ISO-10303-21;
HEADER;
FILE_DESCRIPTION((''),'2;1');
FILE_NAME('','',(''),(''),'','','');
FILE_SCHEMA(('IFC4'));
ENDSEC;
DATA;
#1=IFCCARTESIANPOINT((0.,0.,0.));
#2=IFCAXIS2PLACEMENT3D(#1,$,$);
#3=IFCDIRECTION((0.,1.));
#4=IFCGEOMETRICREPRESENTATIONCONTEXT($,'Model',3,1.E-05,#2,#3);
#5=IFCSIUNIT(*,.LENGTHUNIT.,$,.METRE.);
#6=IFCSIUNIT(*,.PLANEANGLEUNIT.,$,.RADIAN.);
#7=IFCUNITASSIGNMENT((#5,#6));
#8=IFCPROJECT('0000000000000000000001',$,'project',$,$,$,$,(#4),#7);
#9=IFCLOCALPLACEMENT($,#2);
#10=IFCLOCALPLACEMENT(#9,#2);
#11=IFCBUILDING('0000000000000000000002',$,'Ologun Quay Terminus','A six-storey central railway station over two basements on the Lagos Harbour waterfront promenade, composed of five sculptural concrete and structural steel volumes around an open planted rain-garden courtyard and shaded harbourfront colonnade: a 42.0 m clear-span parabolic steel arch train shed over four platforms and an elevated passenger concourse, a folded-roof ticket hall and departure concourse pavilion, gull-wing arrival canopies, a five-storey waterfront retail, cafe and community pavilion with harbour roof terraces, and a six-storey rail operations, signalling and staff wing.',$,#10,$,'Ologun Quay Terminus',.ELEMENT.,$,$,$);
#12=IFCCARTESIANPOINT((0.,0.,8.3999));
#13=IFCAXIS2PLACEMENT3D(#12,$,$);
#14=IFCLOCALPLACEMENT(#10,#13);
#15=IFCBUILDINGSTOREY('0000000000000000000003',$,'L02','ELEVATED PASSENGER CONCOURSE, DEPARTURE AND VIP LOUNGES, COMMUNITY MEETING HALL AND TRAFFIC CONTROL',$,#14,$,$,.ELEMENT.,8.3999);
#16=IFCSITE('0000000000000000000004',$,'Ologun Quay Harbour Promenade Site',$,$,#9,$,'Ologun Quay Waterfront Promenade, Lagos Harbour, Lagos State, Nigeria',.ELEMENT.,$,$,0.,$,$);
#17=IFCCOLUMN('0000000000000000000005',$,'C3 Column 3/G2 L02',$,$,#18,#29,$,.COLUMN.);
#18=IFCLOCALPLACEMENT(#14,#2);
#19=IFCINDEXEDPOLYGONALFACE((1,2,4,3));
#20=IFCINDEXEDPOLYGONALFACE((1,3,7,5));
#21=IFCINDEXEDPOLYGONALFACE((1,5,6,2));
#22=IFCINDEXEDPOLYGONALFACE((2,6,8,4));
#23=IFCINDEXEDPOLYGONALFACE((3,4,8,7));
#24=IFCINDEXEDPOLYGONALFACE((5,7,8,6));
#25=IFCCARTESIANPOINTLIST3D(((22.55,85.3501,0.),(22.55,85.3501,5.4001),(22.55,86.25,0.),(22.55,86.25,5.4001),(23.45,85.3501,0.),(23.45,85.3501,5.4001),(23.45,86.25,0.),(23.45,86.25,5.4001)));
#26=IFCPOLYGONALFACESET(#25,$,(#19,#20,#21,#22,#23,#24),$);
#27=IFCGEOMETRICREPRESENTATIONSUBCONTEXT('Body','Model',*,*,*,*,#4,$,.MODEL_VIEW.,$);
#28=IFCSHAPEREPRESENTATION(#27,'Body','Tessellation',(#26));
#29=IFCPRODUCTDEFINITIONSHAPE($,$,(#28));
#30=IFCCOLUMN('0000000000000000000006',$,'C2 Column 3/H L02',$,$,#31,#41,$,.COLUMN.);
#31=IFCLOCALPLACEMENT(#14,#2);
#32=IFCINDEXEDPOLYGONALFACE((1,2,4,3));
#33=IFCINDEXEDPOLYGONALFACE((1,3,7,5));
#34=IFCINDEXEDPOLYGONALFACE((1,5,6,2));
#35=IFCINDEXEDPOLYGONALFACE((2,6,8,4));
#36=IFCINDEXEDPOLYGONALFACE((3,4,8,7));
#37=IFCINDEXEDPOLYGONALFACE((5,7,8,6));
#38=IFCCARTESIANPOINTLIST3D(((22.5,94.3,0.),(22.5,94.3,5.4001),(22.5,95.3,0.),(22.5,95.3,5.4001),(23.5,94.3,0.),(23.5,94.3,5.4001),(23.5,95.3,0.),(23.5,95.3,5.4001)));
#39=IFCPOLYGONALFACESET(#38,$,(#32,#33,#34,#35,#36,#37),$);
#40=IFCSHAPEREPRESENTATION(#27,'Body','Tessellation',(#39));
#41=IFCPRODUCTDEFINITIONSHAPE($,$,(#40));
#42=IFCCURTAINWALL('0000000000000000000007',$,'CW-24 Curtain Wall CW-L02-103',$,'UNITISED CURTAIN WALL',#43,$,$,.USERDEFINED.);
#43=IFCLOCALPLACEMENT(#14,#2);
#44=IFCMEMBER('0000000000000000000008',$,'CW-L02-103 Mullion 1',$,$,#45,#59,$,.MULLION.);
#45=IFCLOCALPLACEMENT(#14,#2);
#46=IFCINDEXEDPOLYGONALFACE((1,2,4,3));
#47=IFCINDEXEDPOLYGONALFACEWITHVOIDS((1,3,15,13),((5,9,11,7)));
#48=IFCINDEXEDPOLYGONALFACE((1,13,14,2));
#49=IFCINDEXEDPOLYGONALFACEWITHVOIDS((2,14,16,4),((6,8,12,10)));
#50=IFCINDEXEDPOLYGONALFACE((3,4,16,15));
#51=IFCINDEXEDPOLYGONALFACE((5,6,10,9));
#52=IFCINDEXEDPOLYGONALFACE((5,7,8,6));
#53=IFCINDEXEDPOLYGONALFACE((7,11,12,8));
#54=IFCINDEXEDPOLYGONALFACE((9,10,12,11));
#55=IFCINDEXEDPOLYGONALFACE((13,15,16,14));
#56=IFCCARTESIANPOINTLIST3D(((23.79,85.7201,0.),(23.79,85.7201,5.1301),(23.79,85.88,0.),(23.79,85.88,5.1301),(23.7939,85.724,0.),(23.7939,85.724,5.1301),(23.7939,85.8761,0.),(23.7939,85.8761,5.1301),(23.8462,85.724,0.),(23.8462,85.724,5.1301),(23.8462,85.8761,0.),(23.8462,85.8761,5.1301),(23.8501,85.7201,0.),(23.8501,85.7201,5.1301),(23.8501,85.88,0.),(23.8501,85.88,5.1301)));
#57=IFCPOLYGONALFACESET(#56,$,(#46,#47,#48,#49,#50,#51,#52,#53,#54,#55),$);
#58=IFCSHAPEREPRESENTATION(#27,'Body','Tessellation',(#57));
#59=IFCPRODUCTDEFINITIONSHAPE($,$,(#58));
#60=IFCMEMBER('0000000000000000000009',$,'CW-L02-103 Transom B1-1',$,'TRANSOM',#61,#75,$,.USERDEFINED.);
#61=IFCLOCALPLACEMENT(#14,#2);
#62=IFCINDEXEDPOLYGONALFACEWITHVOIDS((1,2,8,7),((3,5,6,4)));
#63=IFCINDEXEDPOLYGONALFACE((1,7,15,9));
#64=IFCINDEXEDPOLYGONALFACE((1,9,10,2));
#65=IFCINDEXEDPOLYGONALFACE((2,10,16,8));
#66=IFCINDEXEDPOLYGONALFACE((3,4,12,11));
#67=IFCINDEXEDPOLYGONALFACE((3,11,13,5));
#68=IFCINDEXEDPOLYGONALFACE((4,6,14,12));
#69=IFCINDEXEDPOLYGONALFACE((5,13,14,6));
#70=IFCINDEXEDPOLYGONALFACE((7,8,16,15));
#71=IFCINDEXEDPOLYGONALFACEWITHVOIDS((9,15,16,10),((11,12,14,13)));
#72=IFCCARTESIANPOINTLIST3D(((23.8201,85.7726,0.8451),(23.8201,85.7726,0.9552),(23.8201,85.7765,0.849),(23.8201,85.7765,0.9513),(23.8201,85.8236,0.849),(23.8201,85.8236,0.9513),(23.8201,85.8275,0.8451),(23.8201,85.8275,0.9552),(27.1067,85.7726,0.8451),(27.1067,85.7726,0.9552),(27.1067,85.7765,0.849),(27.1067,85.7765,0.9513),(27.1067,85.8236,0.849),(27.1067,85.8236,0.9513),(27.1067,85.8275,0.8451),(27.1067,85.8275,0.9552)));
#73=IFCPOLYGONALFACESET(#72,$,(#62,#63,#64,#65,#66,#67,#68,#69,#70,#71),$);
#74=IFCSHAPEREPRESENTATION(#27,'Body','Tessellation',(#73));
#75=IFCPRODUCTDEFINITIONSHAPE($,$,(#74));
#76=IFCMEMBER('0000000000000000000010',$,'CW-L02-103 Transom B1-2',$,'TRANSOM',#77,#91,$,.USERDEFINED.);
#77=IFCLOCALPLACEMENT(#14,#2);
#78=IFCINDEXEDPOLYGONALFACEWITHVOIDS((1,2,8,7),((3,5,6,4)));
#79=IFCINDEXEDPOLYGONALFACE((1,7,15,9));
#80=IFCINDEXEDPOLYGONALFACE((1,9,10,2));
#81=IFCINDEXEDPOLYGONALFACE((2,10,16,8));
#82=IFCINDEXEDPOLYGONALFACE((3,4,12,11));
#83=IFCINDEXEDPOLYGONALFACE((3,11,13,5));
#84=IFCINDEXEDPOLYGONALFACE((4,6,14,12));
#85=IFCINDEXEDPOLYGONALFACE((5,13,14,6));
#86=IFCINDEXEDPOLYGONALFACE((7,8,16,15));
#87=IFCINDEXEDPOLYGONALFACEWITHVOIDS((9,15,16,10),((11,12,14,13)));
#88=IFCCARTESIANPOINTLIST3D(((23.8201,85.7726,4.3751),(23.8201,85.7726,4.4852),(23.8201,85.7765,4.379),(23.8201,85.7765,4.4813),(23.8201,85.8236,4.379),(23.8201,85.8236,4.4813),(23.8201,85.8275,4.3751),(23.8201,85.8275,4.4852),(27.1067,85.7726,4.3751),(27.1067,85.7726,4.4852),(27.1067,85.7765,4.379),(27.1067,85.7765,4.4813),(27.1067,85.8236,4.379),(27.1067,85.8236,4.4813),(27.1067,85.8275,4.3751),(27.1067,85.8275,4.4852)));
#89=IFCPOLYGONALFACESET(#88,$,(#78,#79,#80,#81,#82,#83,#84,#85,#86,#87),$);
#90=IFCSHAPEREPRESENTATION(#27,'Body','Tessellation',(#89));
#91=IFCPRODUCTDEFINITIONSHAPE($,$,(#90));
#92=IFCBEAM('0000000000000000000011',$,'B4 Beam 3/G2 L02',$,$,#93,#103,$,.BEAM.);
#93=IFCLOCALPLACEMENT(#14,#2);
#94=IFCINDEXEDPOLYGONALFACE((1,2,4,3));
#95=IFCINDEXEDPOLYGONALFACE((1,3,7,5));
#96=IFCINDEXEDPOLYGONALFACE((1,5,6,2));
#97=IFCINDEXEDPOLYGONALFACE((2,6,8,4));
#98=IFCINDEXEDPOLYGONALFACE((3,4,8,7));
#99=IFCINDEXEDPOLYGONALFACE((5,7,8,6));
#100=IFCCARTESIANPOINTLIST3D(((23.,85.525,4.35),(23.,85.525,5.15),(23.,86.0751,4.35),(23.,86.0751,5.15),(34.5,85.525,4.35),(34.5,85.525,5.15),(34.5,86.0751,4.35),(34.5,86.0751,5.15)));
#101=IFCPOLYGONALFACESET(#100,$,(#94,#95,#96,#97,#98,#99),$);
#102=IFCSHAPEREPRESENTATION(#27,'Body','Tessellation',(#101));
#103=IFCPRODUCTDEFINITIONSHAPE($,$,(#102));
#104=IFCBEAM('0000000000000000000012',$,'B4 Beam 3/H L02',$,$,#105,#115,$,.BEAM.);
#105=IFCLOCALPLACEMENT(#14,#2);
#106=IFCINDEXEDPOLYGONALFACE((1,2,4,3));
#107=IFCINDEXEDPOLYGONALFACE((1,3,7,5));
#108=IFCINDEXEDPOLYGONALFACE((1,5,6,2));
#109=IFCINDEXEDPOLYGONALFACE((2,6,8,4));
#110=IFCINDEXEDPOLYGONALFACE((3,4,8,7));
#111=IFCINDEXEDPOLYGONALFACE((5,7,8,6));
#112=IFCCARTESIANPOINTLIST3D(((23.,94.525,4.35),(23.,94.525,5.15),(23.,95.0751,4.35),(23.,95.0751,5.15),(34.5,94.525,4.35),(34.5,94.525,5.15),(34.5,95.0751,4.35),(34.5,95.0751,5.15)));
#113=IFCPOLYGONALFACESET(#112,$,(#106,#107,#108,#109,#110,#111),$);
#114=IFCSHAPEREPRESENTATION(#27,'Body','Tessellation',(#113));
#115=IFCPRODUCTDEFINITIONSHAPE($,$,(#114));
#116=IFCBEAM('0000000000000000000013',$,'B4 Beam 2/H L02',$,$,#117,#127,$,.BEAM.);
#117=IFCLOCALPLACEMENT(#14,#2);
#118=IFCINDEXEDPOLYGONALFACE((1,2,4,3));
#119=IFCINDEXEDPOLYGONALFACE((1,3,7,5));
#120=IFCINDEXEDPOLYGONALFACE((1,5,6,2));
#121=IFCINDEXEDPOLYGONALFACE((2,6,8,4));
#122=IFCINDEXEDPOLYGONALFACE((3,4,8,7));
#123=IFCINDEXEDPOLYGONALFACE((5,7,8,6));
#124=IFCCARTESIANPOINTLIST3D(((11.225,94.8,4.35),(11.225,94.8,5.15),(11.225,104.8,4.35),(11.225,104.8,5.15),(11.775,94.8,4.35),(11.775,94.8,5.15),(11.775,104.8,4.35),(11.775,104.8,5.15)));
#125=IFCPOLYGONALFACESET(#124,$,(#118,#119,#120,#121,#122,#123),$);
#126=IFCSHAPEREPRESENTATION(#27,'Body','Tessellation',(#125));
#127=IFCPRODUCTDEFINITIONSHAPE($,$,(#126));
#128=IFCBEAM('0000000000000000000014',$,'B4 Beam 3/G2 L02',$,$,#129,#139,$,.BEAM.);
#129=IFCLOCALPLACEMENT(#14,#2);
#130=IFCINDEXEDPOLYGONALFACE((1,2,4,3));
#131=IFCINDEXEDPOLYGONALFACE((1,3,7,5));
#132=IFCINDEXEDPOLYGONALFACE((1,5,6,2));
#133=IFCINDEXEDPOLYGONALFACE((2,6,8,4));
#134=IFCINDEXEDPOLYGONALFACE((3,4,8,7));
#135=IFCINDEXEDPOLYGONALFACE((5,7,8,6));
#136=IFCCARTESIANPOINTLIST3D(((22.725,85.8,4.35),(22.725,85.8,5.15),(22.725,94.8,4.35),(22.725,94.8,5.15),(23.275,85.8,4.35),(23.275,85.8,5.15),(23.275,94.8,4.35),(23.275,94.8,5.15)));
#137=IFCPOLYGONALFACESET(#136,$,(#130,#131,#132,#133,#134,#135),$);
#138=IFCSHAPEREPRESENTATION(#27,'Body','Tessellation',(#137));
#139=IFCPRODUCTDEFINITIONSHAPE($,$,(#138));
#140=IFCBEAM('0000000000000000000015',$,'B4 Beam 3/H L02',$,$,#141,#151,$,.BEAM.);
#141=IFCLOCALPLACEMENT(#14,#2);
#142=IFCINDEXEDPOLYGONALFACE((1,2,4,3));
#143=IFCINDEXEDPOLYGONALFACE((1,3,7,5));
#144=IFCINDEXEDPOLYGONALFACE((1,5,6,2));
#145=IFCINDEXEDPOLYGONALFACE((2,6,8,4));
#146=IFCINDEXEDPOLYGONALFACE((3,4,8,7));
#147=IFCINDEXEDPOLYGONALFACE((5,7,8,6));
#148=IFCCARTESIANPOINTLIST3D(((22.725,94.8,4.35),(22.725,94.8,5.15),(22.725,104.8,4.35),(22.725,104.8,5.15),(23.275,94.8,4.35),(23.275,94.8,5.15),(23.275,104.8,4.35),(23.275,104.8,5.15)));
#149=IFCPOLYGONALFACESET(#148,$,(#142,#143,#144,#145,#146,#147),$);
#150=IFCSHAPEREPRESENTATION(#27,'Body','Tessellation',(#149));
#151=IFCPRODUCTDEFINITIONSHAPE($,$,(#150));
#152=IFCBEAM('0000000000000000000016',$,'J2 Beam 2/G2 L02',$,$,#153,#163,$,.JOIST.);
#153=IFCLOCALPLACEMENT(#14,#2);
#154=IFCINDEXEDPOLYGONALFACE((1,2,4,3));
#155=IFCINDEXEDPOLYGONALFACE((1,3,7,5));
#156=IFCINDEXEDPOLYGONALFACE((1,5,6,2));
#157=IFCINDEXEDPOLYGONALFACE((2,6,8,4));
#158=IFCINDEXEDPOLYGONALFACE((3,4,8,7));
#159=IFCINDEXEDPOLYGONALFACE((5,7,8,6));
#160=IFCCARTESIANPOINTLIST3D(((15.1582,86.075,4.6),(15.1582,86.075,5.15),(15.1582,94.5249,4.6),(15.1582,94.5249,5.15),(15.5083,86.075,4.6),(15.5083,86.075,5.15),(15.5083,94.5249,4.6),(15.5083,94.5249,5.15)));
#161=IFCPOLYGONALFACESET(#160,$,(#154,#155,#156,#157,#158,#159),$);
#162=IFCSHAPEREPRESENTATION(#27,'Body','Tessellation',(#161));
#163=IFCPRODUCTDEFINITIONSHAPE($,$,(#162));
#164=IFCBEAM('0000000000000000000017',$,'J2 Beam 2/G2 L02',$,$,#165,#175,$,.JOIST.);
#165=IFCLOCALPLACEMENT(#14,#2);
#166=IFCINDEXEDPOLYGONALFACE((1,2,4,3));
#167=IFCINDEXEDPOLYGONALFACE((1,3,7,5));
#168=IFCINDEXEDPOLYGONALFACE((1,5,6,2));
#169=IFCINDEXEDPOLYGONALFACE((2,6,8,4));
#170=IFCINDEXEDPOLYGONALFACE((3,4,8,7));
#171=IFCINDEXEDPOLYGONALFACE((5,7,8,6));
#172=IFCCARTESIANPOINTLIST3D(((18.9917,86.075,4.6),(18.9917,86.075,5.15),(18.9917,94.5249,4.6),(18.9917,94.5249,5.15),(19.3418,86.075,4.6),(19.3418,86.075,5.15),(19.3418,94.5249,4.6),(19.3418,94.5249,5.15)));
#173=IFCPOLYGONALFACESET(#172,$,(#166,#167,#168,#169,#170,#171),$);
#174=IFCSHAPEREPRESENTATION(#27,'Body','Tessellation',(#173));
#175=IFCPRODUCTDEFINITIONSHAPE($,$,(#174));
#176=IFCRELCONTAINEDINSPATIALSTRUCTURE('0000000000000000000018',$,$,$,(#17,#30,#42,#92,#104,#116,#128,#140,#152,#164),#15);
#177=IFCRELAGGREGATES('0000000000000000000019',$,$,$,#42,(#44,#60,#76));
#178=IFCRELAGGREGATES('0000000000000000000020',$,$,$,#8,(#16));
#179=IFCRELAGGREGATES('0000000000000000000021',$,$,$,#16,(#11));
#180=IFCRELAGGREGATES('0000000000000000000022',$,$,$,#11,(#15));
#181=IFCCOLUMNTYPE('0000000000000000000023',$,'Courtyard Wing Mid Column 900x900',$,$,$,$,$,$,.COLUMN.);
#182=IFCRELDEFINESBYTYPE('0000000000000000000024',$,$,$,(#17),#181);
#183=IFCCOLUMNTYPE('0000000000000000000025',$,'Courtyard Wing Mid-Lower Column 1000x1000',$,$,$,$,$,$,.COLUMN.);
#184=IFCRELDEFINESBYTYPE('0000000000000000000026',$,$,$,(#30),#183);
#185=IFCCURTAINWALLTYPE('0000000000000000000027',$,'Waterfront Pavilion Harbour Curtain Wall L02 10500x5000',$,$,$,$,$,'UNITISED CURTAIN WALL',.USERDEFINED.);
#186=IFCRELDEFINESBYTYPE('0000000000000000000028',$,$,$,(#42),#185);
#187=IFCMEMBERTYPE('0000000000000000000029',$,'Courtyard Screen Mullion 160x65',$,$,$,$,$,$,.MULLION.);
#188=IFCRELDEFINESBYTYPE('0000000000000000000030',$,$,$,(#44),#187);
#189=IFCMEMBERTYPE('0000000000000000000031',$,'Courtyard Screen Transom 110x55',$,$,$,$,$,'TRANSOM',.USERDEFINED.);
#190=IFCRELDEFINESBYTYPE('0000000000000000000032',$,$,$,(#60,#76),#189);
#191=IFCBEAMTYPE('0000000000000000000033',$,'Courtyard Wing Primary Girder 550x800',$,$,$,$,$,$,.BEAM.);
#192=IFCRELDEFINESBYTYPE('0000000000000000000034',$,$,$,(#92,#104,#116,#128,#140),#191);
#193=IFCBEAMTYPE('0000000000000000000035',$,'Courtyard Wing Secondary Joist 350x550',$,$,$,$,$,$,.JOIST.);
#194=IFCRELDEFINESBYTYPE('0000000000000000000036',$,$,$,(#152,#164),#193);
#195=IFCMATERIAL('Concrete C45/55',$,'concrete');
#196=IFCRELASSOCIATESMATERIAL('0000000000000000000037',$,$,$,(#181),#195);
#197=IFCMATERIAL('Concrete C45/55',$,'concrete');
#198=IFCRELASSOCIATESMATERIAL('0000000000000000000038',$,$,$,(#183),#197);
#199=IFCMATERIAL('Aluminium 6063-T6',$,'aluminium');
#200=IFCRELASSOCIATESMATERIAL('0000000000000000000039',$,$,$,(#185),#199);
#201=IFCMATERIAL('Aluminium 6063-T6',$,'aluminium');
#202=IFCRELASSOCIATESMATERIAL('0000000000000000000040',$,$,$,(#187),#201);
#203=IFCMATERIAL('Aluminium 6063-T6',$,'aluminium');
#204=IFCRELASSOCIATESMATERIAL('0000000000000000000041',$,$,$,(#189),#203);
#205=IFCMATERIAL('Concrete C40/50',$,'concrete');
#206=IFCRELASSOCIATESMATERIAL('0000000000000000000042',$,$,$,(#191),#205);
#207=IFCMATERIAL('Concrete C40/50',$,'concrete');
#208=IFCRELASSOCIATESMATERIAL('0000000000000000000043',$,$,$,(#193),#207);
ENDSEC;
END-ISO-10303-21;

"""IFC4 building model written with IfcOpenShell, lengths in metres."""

from ifc_helpers import new_model, si_unit, direction, frame, origin, origin_2d, place, context, subcontext, project, spatial, rectangle, hollow_rectangle, extrude, material, material_profile, profile_set, type_object, element, aggregate, save


model = new_model("IFC4")

# Units and contexts
model_context = context("Model", 3, precision=1e-05, world=origin(), true_north=direction((0.0, 1.0)))
body_context = subcontext(model_context, "Body", "Model", "MODEL_VIEW")
ifc_project = project(units=[si_unit("LENGTHUNIT", "METRE"), si_unit("PLANEANGLEUNIT", "RADIAN")], contexts=[model_context])

# Site, building, storey
site_placement = place(None, origin())
site = spatial("IfcSite", under=ifc_project, at=site_placement, Name="Ologun Quay Harbour Promenade Site", LongName="Ologun Quay Waterfront Promenade, Lagos Harbour, Lagos State, Nigeria", CompositionType="ELEMENT", RefElevation=0.0)
building_placement = place(site_placement, origin())
building = spatial("IfcBuilding", under=site, at=building_placement, Name="Ologun Quay Terminus", Description="A six-storey central railway station over two basements on the Lagos Harbour waterfront promenade, composed of five sculptural concrete and structural steel volumes around an open planted rain-garden courtyard and shaded harbourfront colonnade: a 42.0 m clear-span parabolic steel arch train shed over four platforms and an elevated passenger concourse, a folded-roof ticket hall and departure concourse pavilion, gull-wing arrival canopies, a five-storey waterfront retail, cafe and community pavilion with harbour roof terraces, and a six-storey rail operations, signalling and staff wing.", LongName="Ologun Quay Terminus", CompositionType="ELEMENT")
storey_placement = place(building_placement, frame((0.0, 0.0, 8.3999)))
storey = spatial("IfcBuildingStorey", under=building, at=storey_placement, Name="L02", Description="ELEVATED PASSENGER CONCOURSE, DEPARTURE AND VIP LOUNGES, COMMUNITY MEETING HALL AND TRAFFIC CONTROL", CompositionType="ELEMENT", Elevation=8.3999)

# Columns
ifc_material_1 = material(Name="Concrete C45/55", Category="concrete")
ifc_material_profile_1 = material_profile(ifc_material_1, rectangle(XDim=0.8999, YDim=0.8999, at=origin_2d()), Name="RC 900x900")
ifc_profile_set_1 = profile_set([ifc_material_profile_1], Name="Concrete C45/55")
column_type_1 = type_object("IfcColumnType", Name="Courtyard Wing Mid Column 900x900", PredefinedType="COLUMN", material=ifc_profile_set_1)
column_1_placement = place(storey_placement, frame((23.0, 85.8, 0.0), z_axis=(0.0, 0.0, 1.0), x_axis=(1.0, 0.0, 0.0)))
element("IfcColumn", 1, at=column_1_placement, inside=storey, type_object=column_type_1, Name="C3 Column 3/G2 L02", PredefinedType="COLUMN", context=body_context, shape_type="SweptSolid", body=[
    extrude(rectangle(XDim=0.8999, YDim=0.8999, at=origin_2d()), origin(), (0.0, 0.0, 1.0), 5.4001),
])
ifc_material_2 = material(Name="Concrete C45/55", Category="concrete")
ifc_material_profile_2 = material_profile(ifc_material_2, rectangle(XDim=1.0, YDim=1.0, at=origin_2d()), Name="RC 1000x1000")
ifc_profile_set_2 = profile_set([ifc_material_profile_2], Name="Concrete C45/55")
column_type_2 = type_object("IfcColumnType", Name="Courtyard Wing Mid-Lower Column 1000x1000", PredefinedType="COLUMN", material=ifc_profile_set_2)
column_2_placement = place(storey_placement, frame((23.0, 94.8, 0.0), z_axis=(0.0, 0.0, 1.0), x_axis=(1.0, 0.0, 0.0)))
element("IfcColumn", 2, at=column_2_placement, inside=storey, type_object=column_type_2, Name="C2 Column 3/H L02", PredefinedType="COLUMN", context=body_context, shape_type="SweptSolid", body=[
    extrude(rectangle(XDim=1.0, YDim=1.0, at=origin_2d()), origin(), (0.0, 0.0, 1.0), 5.4001),
])

# Curtain wall, members
ifc_material_3 = material(Name="Aluminium 6063-T6", Category="aluminium")
curtain_wall_type = type_object("IfcCurtainWallType", Name="Waterfront Pavilion Harbour Curtain Wall L02 10500x5000", ElementType="UNITISED CURTAIN WALL", PredefinedType="USERDEFINED", material=ifc_material_3)
curtain_wall_placement = place(storey_placement, origin())
curtain_wall = element("IfcCurtainWall", 3, at=curtain_wall_placement, inside=storey, type_object=curtain_wall_type, Name="CW-24 Curtain Wall CW-L02-103", ObjectType="UNITISED CURTAIN WALL", PredefinedType="USERDEFINED")
ifc_material_4 = material(Name="Aluminium 6063-T6", Category="aluminium")
ifc_material_profile_3 = material_profile(ifc_material_4, hollow_rectangle(XDim=0.0601, YDim=0.1599, WallThickness=0.0039, at=origin_2d()), Name="ALU 160x60x4")
ifc_profile_set_3 = profile_set([ifc_material_profile_3], Name="Aluminium 6063-T6")
member_type_1 = type_object("IfcMemberType", Name="Courtyard Screen Mullion 160x65", PredefinedType="MULLION", material=ifc_profile_set_3)
member_1_placement = place(storey_placement, frame((23.8201, 85.8, 0.0), z_axis=(0.0, 0.0, 1.0), x_axis=(1.0, 0.0, 0.0)))
member_1 = element("IfcMember", 4, at=member_1_placement, type_object=member_type_1, Name="CW-L02-103 Mullion 1", PredefinedType="MULLION", context=body_context, shape_type="SweptSolid", body=[
    extrude(hollow_rectangle(XDim=0.0601, YDim=0.1599, WallThickness=0.0039, at=origin_2d()), origin(), (0.0, 0.0, 1.0), 5.1301),
])
ifc_material_5 = material(Name="Aluminium 6063-T6", Category="aluminium")
ifc_material_profile_4 = material_profile(ifc_material_5, hollow_rectangle(XDim=0.0549, YDim=0.1101, WallThickness=0.0039, at=origin_2d()), Name="ALU 110x55x4")
ifc_profile_set_4 = profile_set([ifc_material_profile_4], Name="Aluminium 6063-T6")
member_type_2 = type_object("IfcMemberType", Name="Courtyard Screen Transom 110x55", ElementType="TRANSOM", PredefinedType="USERDEFINED", material=ifc_profile_set_4)
member_2_placement = place(storey_placement, frame((23.8201, 85.8, 0.9001), z_axis=(1.0, 0.0, 0.0), x_axis=(0.0, 1.0, 0.0)))
member_2 = element("IfcMember", 5, at=member_2_placement, type_object=member_type_2, Name="CW-L02-103 Transom B1-1", ObjectType="TRANSOM", PredefinedType="USERDEFINED", context=body_context, shape_type="SweptSolid", body=[
    extrude(hollow_rectangle(XDim=0.0549, YDim=0.1101, WallThickness=0.0039, at=origin_2d()), origin(), (0.0, 0.0, 1.0), 3.2866),
])
member_3_placement = place(storey_placement, frame((23.8201, 85.8, 4.4302), z_axis=(1.0, 0.0, 0.0), x_axis=(0.0, 1.0, 0.0)))
member_3 = element("IfcMember", 6, at=member_3_placement, type_object=member_type_2, Name="CW-L02-103 Transom B1-2", ObjectType="TRANSOM", PredefinedType="USERDEFINED", context=body_context, shape_type="SweptSolid", body=[
    extrude(hollow_rectangle(XDim=0.0549, YDim=0.1101, WallThickness=0.0039, at=origin_2d()), origin(), (0.0, 0.0, 1.0), 3.2866),
])
aggregate(curtain_wall, [member_1, member_2, member_3])

# Beams
ifc_material_6 = material(Name="Concrete C40/50", Category="concrete")
ifc_material_profile_5 = material_profile(ifc_material_6, rectangle(XDim=0.55, YDim=0.8, at=origin_2d()), Name="RC 550x800")
ifc_profile_set_5 = profile_set([ifc_material_profile_5], Name="Concrete C40/50")
beam_type_1 = type_object("IfcBeamType", Name="Courtyard Wing Primary Girder 550x800", PredefinedType="BEAM", material=ifc_profile_set_5)
for number, where, z_axis, x_axis, name in (
    (7, (23.0, 85.8, 4.75), (1.0, 0.0, 0.0), (0.0, 1.0, 0.0), "B4 Beam 3/G2 L02"),
    (8, (23.0, 94.8, 4.75), (1.0, 0.0, 0.0), (0.0, 1.0, 0.0), "B4 Beam 3/H L02"),
):
    element("IfcBeam", number, at=place(storey_placement, frame(where, z_axis=z_axis, x_axis=x_axis)), inside=storey, type_object=beam_type_1, Name=name, PredefinedType="BEAM", context=body_context, shape_type="SweptSolid", body=[
        extrude(rectangle(XDim=0.55, YDim=0.8, at=origin_2d()), origin(), (0.0, 0.0, 1.0), 11.5),
    ])
beam_1_placement = place(storey_placement, frame((11.5, 94.8, 4.75), z_axis=(0.0, 1.0, 0.0), x_axis=(-1.0, 0.0, 0.0)))
element("IfcBeam", 9, at=beam_1_placement, inside=storey, type_object=beam_type_1, Name="B4 Beam 2/H L02", PredefinedType="BEAM", context=body_context, shape_type="SweptSolid", body=[
    extrude(rectangle(XDim=0.55, YDim=0.8, at=origin_2d()), origin(), (0.0, 0.0, 1.0), 10.0),
])
beam_2_placement = place(storey_placement, frame((23.0, 85.8, 4.75), z_axis=(0.0, 1.0, 0.0), x_axis=(-1.0, 0.0, 0.0)))
element("IfcBeam", 10, at=beam_2_placement, inside=storey, type_object=beam_type_1, Name="B4 Beam 3/G2 L02", PredefinedType="BEAM", context=body_context, shape_type="SweptSolid", body=[
    extrude(rectangle(XDim=0.55, YDim=0.8, at=origin_2d()), origin(), (0.0, 0.0, 1.0), 9.0),
])
beam_3_placement = place(storey_placement, frame((23.0, 94.8, 4.75), z_axis=(0.0, 1.0, 0.0), x_axis=(-1.0, 0.0, 0.0)))
element("IfcBeam", 11, at=beam_3_placement, inside=storey, type_object=beam_type_1, Name="B4 Beam 3/H L02", PredefinedType="BEAM", context=body_context, shape_type="SweptSolid", body=[
    extrude(rectangle(XDim=0.55, YDim=0.8, at=origin_2d()), origin(), (0.0, 0.0, 1.0), 10.0),
])
ifc_material_7 = material(Name="Concrete C40/50", Category="concrete")
ifc_material_profile_6 = material_profile(ifc_material_7, rectangle(XDim=0.3501, YDim=0.55, at=origin_2d()), Name="RC 350x550")
ifc_profile_set_6 = profile_set([ifc_material_profile_6], Name="Concrete C40/50")
beam_type_2 = type_object("IfcBeamType", Name="Courtyard Wing Secondary Joist 350x550", PredefinedType="JOIST", material=ifc_profile_set_6)
for number, where, z_axis, x_axis, name in (
    (12, (15.3333, 86.075, 4.875), (0.0, 1.0, 0.0), (-1.0, 0.0, 0.0), "J2 Beam 2/G2 L02"),
    (13, (19.1667, 86.075, 4.875), (0.0, 1.0, 0.0), (-1.0, 0.0, 0.0), "J2 Beam 2/G2 L02"),
):
    element("IfcBeam", number, at=place(storey_placement, frame(where, z_axis=z_axis, x_axis=x_axis)), inside=storey, type_object=beam_type_2, Name=name, PredefinedType="JOIST", context=body_context, shape_type="SweptSolid", body=[
        extrude(rectangle(XDim=0.3501, YDim=0.55, at=origin_2d()), origin(), (0.0, 0.0, 1.0), 8.45),
    ])

save(model, "model.ifc")
